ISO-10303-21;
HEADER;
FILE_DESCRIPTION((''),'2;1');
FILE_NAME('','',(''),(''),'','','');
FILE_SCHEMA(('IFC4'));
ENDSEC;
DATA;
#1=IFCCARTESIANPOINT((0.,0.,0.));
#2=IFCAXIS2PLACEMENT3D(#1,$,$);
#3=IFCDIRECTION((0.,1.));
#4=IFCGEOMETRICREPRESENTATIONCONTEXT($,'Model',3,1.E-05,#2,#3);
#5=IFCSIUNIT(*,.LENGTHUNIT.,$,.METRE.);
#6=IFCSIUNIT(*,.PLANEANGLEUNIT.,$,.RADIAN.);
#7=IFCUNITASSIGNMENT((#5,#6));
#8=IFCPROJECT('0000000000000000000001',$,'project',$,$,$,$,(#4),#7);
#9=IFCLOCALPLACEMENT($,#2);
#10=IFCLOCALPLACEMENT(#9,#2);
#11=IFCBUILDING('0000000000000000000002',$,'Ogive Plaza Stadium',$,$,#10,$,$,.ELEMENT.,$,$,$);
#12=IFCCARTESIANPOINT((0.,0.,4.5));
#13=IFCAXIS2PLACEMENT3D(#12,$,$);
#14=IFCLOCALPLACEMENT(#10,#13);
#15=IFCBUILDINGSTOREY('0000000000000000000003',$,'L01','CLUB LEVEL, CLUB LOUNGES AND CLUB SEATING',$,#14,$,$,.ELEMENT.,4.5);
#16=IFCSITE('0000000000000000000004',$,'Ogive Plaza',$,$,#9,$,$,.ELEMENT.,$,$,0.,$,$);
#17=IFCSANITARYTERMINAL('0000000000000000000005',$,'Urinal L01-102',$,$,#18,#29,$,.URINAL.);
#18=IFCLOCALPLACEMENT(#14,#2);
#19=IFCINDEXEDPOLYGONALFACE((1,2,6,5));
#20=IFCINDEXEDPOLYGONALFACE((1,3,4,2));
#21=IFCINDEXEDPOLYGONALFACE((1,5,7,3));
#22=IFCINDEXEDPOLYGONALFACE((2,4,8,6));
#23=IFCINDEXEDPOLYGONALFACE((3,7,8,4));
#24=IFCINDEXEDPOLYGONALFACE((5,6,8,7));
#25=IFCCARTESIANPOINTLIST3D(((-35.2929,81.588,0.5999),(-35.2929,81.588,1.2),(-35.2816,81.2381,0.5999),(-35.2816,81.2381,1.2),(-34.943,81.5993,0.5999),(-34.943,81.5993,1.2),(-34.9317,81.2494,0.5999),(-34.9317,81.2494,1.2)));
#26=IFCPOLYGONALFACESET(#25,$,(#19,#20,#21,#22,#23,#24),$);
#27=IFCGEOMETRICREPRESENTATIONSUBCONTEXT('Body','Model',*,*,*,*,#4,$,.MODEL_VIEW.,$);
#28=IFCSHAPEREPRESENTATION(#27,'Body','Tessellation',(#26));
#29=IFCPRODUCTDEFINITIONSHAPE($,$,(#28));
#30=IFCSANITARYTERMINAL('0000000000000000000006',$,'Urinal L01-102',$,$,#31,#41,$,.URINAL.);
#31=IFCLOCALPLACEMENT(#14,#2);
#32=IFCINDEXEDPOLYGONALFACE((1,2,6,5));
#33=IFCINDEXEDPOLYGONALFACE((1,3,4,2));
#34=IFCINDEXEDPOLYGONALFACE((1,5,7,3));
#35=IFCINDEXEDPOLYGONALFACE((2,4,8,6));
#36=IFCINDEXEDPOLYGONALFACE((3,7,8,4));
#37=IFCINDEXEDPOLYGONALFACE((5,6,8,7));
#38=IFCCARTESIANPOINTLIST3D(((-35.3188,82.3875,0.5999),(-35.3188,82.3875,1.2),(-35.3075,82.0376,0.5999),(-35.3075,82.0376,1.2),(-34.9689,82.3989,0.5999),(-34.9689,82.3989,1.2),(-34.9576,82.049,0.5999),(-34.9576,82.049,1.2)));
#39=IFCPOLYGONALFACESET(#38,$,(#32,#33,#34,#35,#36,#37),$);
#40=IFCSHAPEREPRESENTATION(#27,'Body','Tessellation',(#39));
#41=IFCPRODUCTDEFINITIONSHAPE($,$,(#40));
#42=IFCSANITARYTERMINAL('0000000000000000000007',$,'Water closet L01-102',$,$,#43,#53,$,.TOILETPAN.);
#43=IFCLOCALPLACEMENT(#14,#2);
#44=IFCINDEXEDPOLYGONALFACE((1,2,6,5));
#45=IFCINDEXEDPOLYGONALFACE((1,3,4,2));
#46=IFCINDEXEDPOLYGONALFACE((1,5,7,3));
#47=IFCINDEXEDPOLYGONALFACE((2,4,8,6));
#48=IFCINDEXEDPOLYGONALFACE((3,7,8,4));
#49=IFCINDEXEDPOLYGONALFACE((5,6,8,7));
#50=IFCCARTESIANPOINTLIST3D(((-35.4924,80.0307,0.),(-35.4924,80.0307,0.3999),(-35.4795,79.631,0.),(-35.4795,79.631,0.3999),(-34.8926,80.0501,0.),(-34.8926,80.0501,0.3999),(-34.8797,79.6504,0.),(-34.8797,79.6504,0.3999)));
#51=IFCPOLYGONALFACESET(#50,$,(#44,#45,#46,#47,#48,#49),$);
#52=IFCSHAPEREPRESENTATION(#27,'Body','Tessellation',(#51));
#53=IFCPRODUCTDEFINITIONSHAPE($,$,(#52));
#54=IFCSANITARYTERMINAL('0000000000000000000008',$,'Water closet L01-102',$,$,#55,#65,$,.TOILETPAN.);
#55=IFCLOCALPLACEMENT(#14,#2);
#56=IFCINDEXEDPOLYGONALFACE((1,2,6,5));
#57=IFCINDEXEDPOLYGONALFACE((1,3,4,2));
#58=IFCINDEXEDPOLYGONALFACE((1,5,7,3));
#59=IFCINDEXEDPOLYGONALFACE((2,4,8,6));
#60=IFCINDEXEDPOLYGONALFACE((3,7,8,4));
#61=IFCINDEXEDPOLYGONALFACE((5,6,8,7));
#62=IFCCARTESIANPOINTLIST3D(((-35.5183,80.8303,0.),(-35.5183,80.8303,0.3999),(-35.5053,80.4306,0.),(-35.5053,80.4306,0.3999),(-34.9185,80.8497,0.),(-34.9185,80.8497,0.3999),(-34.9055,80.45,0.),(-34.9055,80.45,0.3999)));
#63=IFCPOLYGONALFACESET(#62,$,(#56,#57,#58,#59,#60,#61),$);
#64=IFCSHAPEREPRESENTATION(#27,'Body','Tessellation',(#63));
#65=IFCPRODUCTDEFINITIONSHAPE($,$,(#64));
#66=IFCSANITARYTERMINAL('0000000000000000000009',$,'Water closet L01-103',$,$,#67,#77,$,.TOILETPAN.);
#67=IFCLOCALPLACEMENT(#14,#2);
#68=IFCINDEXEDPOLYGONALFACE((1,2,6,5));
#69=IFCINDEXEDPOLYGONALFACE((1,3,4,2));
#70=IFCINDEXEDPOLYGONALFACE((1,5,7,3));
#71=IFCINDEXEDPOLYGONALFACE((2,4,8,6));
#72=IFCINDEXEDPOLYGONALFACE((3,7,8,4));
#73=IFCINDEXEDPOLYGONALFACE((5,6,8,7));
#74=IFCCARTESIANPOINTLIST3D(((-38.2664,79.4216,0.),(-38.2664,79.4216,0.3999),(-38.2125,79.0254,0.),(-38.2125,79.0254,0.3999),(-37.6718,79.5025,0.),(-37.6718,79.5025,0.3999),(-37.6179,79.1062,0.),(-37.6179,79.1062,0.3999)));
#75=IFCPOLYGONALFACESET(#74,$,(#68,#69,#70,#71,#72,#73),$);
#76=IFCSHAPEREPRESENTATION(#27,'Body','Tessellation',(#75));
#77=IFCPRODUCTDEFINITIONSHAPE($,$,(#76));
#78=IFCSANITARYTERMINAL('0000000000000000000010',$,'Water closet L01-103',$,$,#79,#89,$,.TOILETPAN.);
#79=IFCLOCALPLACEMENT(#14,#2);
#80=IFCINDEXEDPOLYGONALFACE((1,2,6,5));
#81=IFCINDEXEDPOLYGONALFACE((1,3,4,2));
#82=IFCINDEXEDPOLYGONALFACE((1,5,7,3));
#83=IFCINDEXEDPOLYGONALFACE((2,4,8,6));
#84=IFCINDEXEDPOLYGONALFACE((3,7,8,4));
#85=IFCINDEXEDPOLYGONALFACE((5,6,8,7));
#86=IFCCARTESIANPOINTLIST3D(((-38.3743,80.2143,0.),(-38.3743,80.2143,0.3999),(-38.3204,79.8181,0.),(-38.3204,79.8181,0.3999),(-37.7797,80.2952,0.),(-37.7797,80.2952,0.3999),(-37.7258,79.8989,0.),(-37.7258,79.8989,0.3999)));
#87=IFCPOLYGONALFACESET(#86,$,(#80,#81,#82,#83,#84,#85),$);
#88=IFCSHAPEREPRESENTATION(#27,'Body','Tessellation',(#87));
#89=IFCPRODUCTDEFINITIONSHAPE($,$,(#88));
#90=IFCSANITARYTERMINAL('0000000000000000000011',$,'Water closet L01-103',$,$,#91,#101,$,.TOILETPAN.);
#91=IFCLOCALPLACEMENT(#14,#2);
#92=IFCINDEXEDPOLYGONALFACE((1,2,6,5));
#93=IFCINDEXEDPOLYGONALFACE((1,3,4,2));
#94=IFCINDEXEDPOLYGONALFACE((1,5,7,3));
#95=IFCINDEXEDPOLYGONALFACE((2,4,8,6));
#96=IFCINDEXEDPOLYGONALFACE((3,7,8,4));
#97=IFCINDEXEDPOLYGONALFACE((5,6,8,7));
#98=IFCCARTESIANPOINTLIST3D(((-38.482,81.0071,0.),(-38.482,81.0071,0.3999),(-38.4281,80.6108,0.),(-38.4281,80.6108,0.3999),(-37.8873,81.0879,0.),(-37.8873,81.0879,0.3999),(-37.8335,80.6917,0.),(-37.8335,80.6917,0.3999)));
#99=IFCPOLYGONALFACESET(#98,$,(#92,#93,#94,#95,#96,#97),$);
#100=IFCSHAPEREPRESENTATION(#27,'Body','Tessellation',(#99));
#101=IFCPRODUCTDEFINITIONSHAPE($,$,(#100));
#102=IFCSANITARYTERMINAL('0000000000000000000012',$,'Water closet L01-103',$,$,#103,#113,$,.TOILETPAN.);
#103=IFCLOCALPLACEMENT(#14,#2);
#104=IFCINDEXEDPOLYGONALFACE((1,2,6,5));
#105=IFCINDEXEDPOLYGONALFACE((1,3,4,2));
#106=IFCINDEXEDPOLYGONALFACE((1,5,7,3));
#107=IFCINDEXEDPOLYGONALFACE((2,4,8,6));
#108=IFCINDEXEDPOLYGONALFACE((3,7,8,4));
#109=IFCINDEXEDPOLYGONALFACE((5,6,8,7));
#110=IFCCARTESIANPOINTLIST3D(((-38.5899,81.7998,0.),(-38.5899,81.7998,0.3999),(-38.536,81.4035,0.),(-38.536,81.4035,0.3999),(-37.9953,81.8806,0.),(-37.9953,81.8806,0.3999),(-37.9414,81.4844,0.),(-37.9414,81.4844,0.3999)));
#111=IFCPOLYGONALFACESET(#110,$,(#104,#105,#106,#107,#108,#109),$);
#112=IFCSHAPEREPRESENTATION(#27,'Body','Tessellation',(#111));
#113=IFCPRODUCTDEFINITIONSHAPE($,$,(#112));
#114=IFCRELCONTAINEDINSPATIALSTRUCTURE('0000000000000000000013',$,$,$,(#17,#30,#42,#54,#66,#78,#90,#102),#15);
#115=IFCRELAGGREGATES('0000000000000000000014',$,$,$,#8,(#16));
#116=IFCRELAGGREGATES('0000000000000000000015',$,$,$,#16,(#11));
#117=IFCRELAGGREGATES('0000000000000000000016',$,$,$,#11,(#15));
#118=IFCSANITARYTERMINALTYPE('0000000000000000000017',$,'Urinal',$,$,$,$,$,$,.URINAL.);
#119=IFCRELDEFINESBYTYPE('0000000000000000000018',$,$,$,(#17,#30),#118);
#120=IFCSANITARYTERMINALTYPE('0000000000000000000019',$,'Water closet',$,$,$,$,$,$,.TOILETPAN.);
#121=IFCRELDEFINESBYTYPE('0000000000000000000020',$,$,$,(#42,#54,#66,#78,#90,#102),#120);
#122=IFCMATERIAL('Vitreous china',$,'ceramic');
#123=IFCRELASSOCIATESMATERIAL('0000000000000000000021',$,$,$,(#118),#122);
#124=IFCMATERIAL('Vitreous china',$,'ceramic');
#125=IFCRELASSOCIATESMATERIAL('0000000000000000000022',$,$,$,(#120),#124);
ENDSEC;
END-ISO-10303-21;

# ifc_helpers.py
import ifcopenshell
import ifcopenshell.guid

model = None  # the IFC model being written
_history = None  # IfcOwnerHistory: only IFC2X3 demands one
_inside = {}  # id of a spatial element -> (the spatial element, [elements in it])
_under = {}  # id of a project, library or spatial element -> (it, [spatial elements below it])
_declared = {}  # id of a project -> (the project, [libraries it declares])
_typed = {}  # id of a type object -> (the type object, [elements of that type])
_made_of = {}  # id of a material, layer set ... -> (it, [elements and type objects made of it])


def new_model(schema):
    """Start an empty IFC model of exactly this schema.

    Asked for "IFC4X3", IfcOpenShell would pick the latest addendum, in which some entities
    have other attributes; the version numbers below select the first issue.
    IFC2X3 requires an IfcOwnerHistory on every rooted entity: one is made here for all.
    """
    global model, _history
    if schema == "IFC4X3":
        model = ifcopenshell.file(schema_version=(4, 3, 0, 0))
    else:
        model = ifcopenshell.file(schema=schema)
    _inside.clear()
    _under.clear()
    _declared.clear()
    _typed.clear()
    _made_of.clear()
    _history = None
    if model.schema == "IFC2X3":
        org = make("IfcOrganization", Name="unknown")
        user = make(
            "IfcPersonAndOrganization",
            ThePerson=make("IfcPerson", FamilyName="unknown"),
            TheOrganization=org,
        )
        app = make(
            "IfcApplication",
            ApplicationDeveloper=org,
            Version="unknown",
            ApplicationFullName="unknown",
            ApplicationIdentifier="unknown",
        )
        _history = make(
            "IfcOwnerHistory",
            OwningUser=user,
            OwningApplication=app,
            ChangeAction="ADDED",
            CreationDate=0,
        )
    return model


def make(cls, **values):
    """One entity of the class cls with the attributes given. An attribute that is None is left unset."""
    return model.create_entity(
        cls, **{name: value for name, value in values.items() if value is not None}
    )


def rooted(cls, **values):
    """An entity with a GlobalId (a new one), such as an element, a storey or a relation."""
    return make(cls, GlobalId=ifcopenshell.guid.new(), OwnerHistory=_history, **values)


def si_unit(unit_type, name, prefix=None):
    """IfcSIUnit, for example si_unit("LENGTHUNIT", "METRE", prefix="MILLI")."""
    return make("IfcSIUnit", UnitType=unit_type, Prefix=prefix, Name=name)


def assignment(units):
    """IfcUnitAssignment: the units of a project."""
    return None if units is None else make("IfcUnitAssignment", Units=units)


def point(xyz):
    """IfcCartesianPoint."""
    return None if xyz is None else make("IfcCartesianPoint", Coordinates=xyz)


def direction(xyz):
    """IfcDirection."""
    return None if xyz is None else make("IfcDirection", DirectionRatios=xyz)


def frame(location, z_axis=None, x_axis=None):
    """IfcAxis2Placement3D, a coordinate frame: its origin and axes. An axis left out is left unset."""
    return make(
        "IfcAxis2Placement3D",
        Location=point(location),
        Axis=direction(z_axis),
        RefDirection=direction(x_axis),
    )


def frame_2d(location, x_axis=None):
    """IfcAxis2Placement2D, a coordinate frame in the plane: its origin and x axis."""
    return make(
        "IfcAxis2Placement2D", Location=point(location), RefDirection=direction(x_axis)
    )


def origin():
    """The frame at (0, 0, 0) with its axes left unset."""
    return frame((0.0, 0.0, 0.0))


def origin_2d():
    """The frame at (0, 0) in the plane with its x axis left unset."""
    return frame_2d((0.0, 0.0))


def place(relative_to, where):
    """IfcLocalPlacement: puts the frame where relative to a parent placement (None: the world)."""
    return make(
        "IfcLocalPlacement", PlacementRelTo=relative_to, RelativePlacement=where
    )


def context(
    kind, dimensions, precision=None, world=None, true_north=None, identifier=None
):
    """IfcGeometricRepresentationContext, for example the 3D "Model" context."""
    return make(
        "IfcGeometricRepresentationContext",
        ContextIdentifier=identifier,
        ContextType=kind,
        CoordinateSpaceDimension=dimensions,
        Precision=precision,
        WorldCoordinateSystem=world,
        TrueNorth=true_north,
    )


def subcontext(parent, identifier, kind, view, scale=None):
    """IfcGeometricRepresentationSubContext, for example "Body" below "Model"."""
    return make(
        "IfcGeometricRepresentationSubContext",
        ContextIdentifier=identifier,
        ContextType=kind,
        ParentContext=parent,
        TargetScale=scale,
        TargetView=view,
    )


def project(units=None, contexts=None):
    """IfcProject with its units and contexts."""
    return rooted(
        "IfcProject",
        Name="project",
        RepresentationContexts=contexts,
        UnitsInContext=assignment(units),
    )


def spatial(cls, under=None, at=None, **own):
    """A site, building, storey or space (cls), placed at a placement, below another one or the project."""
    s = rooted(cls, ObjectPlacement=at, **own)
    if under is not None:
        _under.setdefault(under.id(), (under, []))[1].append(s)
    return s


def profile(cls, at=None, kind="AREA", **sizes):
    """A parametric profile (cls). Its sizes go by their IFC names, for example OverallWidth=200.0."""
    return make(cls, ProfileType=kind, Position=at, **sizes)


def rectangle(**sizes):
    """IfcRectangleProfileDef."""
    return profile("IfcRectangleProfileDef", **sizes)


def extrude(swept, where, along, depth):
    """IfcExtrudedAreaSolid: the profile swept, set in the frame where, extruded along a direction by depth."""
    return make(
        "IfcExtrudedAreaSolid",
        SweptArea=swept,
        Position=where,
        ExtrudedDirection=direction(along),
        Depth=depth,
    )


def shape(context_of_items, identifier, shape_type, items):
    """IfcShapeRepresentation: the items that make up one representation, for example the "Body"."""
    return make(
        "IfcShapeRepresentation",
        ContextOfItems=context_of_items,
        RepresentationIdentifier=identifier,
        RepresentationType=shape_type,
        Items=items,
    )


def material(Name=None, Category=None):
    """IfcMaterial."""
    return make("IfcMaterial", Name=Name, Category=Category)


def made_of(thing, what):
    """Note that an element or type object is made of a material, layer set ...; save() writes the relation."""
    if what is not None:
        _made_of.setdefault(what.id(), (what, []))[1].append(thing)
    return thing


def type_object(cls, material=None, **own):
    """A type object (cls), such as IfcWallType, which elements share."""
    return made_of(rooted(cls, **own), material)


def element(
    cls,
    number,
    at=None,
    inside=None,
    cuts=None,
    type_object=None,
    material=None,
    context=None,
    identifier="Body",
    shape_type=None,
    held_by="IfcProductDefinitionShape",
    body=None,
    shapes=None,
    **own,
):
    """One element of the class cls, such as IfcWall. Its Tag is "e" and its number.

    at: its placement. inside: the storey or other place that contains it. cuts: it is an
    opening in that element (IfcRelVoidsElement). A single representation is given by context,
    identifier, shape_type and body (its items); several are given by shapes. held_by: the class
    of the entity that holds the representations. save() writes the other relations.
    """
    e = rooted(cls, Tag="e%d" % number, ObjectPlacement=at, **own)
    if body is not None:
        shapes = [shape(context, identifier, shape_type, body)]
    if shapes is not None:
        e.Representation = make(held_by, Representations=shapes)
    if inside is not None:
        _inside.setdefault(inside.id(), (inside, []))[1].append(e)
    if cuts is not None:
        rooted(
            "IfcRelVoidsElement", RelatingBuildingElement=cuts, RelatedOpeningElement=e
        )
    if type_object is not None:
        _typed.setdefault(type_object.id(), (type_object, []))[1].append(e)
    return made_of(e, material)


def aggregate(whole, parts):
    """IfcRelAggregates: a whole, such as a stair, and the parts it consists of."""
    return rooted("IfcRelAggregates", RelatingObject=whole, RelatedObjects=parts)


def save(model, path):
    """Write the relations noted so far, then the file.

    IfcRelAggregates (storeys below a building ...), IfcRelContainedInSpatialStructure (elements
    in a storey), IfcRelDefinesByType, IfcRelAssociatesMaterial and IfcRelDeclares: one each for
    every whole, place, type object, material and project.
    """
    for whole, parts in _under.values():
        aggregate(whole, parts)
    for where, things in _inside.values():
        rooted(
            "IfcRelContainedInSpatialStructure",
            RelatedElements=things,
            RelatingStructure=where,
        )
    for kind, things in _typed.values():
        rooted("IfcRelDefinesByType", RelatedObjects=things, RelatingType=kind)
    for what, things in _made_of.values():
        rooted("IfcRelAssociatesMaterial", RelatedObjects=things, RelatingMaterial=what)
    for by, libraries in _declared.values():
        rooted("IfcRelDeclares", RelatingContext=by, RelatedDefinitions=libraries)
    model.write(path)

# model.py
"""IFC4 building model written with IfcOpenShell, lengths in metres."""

from ifc_helpers import new_model, si_unit, direction, frame, origin, origin_2d, place, context, subcontext, project, spatial, rectangle, extrude, material, type_object, element, save


model = new_model("IFC4")

# Units and contexts
model_context = context("Model", 3, precision=1e-05, world=origin(), true_north=direction((0.0, 1.0)))
body_context = subcontext(model_context, "Body", "Model", "MODEL_VIEW")
ifc_project = project(units=[si_unit("LENGTHUNIT", "METRE"), si_unit("PLANEANGLEUNIT", "RADIAN")], contexts=[model_context])

# Site, building, storey
site_placement = place(None, origin())
site = spatial("IfcSite", under=ifc_project, at=site_placement, Name="Ogive Plaza", CompositionType="ELEMENT", RefElevation=0.0)
building_placement = place(site_placement, origin())
building = spatial("IfcBuilding", under=site, at=building_placement, Name="Ogive Plaza Stadium", CompositionType="ELEMENT")
storey_placement = place(building_placement, frame((0.0, 0.0, 4.5)))
storey = spatial("IfcBuildingStorey", under=building, at=storey_placement, Name="L01", Description="CLUB LEVEL, CLUB LOUNGES AND CLUB SEATING", CompositionType="ELEMENT", Elevation=4.5)

# Sanitary terminals
ifc_material_1 = material(Name="Vitreous china", Category="ceramic")
sanitary_terminal_type_1 = type_object("IfcSanitaryTerminalType", Name="Urinal", PredefinedType="URINAL", material=ifc_material_1)
for number, where, z_axis, x_axis, name in (
    (1, (-35.1123, 81.4187, 0.5999), (0.0, 0.0, 1.0), (-0.032388, 0.999475, 0.0), "Urinal L01-102"),
    (2, (-35.1382, 82.2183, 0.5999), (0.0, 0.0, 1.0), (-0.032388, 0.999475, 0.0), "Urinal L01-102"),
):
    element("IfcSanitaryTerminal", number, at=place(storey_placement, frame(where, z_axis=z_axis, x_axis=x_axis)), inside=storey, type_object=sanitary_terminal_type_1, Name=name, PredefinedType="URINAL", context=body_context, shape_type="SweptSolid", body=[
        extrude(rectangle(XDim=0.3501, YDim=0.3501, at=origin_2d()), origin(), (0.0, 0.0, 1.0), 0.6001),
    ])
ifc_material_2 = material(Name="Vitreous china", Category="ceramic")
sanitary_terminal_type_2 = type_object("IfcSanitaryTerminalType", Name="Water closet", PredefinedType="TOILETPAN", material=ifc_material_2)
for number, where, z_axis, x_axis, name in (
    (3, (-35.186, 79.8406, 0.0), (0.0, 0.0, 1.0), (-0.032388, 0.999475, 0.0), "Water closet L01-102"),
    (4, (-35.2119, 80.6401, 0.0), (0.0, 0.0, 1.0), (-0.032388, 0.999475, 0.0), "Water closet L01-102"),
    (5, (-37.9421, 79.2639, 0.0), (0.0, 0.0, 1.0), (-0.134744, 0.99088, 0.0), "Water closet L01-103"),
    (6, (-38.05, 80.0566, 0.0), (0.0, 0.0, 1.0), (-0.134744, 0.99088, 0.0), "Water closet L01-103"),
    (7, (-38.1577, 80.8494, 0.0), (0.0, 0.0, 1.0), (-0.134744, 0.99088, 0.0), "Water closet L01-103"),
    (8, (-38.2656, 81.6421, 0.0), (0.0, 0.0, 1.0), (-0.134744, 0.99088, 0.0), "Water closet L01-103"),
):
    element("IfcSanitaryTerminal", number, at=place(storey_placement, frame(where, z_axis=z_axis, x_axis=x_axis)), inside=storey, type_object=sanitary_terminal_type_2, Name=name, PredefinedType="TOILETPAN", context=body_context, shape_type="SweptSolid", body=[
        extrude(rectangle(XDim=0.3999, YDim=0.6001, at=origin_2d()), origin(), (0.0, 0.0, 1.0), 0.3999),
    ])

save(model, "model.ifc")
